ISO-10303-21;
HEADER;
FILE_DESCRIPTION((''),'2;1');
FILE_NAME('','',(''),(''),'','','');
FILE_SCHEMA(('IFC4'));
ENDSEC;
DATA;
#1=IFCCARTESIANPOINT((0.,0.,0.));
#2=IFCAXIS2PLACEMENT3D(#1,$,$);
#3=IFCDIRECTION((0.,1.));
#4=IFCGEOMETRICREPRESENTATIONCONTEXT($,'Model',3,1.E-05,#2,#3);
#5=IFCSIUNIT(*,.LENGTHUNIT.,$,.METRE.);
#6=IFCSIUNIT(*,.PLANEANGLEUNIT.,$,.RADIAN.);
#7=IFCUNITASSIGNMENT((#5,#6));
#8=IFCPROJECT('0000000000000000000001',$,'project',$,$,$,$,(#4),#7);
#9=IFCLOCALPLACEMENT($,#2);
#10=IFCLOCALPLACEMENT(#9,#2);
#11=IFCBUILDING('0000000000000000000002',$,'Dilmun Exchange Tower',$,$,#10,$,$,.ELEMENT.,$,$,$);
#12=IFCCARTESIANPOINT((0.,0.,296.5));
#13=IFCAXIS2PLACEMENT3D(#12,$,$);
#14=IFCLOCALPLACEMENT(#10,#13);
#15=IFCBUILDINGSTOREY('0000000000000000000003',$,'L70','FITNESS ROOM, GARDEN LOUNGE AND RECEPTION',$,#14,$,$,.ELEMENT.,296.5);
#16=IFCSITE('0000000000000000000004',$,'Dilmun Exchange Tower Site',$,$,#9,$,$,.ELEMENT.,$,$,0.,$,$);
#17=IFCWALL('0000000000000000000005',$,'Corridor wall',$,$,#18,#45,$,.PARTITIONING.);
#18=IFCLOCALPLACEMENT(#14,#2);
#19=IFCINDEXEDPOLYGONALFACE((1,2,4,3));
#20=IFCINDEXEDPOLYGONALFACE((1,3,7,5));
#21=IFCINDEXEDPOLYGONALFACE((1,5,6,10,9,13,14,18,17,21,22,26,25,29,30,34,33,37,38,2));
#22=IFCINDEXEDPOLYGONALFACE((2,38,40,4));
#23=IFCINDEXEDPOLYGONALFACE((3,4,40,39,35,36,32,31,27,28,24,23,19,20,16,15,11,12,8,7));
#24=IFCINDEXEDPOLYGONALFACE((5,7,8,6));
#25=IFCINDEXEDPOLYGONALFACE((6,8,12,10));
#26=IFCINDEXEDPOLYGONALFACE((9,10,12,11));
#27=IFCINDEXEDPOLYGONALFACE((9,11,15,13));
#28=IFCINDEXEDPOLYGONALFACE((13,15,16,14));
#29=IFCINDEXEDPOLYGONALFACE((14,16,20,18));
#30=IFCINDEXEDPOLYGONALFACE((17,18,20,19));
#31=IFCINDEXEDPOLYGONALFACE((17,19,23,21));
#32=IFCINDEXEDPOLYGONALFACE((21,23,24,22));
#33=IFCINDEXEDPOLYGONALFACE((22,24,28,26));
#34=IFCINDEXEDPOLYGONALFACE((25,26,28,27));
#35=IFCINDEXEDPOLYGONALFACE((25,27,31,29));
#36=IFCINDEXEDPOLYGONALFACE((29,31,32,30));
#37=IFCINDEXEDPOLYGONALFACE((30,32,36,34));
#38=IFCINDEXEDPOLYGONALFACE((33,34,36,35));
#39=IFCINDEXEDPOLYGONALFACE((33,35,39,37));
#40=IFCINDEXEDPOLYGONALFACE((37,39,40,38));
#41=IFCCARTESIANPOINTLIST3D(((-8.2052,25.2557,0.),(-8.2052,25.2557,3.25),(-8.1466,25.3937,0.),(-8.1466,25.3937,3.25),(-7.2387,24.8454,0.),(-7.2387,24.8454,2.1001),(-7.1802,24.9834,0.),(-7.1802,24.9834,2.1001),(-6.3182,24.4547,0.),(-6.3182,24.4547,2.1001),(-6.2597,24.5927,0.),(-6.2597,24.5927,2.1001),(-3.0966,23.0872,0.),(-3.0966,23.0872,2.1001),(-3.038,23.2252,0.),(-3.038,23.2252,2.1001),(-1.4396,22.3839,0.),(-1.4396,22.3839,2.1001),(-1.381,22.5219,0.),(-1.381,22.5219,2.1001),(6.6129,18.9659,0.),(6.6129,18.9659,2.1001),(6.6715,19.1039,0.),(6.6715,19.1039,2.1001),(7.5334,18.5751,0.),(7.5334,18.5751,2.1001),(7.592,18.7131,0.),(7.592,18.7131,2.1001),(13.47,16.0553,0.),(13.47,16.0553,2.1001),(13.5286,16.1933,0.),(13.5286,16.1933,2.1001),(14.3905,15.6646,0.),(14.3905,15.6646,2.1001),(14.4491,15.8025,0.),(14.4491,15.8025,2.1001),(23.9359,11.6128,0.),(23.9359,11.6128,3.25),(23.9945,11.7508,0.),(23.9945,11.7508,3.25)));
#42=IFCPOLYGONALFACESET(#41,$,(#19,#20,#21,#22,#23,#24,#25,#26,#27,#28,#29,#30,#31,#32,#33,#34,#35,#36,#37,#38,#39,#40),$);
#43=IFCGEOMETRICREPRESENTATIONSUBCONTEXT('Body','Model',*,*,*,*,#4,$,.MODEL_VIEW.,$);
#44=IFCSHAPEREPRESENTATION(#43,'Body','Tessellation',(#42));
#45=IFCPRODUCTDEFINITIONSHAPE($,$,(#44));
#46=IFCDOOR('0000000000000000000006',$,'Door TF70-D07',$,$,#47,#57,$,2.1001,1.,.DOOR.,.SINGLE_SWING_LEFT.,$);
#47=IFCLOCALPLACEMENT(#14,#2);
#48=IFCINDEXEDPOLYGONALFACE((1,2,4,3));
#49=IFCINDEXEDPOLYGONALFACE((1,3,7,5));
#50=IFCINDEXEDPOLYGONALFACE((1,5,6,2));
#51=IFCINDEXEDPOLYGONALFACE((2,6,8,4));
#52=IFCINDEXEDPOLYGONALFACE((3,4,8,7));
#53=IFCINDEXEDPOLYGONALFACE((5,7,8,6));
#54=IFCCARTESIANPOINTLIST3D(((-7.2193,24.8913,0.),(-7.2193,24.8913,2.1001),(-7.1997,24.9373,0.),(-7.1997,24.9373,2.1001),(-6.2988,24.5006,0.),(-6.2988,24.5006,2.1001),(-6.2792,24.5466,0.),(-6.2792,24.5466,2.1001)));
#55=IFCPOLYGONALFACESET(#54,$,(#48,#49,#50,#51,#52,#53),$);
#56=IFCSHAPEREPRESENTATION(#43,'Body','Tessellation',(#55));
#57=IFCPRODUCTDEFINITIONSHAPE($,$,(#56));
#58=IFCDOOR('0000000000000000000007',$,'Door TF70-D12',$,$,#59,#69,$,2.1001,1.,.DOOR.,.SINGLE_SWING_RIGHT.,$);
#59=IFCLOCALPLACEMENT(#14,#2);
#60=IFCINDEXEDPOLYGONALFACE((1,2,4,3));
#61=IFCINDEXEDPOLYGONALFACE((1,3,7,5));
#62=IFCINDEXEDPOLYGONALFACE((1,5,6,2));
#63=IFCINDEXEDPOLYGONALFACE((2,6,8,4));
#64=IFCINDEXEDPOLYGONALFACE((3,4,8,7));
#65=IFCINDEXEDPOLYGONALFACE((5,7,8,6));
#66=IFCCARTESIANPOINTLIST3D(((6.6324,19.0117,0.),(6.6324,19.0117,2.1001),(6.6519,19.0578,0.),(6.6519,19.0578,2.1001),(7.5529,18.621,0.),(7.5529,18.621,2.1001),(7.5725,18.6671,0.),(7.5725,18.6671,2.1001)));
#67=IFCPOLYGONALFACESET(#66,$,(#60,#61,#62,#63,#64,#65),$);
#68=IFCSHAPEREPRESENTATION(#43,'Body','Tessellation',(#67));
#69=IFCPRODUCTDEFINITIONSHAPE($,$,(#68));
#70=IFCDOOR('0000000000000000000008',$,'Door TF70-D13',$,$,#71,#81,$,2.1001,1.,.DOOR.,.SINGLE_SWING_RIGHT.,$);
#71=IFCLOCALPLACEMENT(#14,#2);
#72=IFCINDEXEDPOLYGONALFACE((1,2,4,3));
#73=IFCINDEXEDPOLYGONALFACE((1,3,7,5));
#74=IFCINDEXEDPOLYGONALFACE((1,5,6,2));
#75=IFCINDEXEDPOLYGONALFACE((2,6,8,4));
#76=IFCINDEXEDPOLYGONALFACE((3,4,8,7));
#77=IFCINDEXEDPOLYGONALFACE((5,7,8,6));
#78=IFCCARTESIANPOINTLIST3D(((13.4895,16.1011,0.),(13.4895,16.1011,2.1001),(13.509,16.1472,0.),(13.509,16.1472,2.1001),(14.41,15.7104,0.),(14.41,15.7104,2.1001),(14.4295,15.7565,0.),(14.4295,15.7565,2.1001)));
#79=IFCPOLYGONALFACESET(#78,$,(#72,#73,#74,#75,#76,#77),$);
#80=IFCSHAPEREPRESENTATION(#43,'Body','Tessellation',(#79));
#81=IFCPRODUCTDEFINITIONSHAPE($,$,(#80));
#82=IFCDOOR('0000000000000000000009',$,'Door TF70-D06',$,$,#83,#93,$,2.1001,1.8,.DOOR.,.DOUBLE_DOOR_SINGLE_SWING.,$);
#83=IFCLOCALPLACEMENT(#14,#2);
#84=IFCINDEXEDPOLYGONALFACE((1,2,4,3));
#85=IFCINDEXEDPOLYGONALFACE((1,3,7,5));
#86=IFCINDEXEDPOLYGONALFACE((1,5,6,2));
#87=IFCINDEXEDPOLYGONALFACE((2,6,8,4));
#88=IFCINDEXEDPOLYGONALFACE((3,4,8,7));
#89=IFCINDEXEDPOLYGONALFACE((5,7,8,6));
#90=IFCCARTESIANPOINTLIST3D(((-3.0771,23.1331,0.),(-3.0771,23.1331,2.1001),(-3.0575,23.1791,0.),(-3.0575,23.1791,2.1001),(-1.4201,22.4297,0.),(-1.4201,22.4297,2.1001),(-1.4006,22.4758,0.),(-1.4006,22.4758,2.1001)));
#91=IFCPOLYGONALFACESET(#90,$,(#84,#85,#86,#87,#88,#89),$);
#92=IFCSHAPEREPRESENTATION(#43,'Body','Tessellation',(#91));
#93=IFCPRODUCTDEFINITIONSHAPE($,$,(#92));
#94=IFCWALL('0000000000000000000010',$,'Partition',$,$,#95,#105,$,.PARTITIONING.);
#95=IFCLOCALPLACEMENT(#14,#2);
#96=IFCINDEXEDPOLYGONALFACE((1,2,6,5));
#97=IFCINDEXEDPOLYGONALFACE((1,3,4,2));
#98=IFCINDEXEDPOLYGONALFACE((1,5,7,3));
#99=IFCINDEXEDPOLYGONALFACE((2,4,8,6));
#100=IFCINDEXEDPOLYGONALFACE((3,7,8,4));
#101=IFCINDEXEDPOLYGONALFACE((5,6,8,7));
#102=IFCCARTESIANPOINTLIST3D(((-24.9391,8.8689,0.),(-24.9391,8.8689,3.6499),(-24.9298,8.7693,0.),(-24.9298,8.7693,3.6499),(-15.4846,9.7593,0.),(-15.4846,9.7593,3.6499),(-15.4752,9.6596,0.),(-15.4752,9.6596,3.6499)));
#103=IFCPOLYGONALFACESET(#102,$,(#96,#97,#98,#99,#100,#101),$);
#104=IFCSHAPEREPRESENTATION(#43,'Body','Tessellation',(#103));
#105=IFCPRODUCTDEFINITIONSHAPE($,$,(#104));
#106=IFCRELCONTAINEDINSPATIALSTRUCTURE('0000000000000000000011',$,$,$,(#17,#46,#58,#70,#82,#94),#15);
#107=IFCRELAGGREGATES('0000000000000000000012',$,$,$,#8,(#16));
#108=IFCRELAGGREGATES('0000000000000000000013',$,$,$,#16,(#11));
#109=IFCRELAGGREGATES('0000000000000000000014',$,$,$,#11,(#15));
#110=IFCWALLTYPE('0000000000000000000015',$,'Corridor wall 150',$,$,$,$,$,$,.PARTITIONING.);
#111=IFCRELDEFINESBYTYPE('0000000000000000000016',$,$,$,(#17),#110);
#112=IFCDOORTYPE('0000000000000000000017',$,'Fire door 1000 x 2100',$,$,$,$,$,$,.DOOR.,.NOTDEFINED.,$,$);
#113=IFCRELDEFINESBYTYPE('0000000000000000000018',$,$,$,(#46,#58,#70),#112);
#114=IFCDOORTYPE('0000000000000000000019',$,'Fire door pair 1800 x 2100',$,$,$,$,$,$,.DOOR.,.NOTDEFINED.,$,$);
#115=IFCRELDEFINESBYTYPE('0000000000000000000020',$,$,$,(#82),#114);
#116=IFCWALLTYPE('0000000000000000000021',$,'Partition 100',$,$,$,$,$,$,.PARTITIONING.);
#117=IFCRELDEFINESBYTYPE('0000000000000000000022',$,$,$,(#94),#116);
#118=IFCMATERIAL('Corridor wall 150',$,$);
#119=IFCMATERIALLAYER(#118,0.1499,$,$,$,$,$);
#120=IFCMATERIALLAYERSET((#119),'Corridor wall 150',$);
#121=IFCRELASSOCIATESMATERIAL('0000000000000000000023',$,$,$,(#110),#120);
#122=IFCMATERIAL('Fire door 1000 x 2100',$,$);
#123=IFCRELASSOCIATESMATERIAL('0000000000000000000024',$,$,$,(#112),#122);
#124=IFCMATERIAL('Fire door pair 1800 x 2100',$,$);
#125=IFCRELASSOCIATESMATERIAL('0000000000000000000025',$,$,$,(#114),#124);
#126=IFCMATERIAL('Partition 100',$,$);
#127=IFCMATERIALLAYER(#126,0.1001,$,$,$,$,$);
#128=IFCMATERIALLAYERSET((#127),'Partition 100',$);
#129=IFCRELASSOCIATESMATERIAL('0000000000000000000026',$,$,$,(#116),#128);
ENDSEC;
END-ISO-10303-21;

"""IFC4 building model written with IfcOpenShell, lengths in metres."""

from ifc_helpers import new_model, si_unit, direction, frame, frame_2d, origin, place, context, subcontext, project, spatial, rectangle, extrude, material, layer, layer_set, type_object, element, fill, save


model = new_model("IFC4")

# Units and contexts
model_context = context("Model", 3, precision=1e-05, world=origin(), true_north=direction((0.0, 1.0)))
body_context = subcontext(model_context, "Body", "Model", "MODEL_VIEW")
ifc_project = project(units=[si_unit("LENGTHUNIT", "METRE"), si_unit("PLANEANGLEUNIT", "RADIAN")], contexts=[model_context])

# Site, building, storey
site_placement = place(None, origin())
site = spatial("IfcSite", under=ifc_project, at=site_placement, Name="Dilmun Exchange Tower Site", CompositionType="ELEMENT", RefElevation=0.0)
building_placement = place(site_placement, origin())
building = spatial("IfcBuilding", under=site, at=building_placement, Name="Dilmun Exchange Tower", CompositionType="ELEMENT")
storey_placement = place(building_placement, frame((0.0, 0.0, 296.5)))
storey = spatial("IfcBuildingStorey", under=building, at=storey_placement, Name="L70", Description="FITNESS ROOM, GARDEN LOUNGE AND RECEPTION", CompositionType="ELEMENT", Elevation=296.5)

# Shared definitions
ifc_material_1 = material(Name="Corridor wall 150")
ifc_layer_1 = layer(ifc_material_1, 0.1499)
ifc_layer_set_1 = layer_set([ifc_layer_1], Name="Corridor wall 150")
wall_type_1 = type_object("IfcWallType", Name="Corridor wall 150", PredefinedType="PARTITIONING", material=ifc_layer_set_1)
ifc_material_2 = material(Name="Fire door 1000 x 2100")
door_type_1 = type_object("IfcDoorType", Name="Fire door 1000 x 2100", OperationType="NOTDEFINED", PredefinedType="DOOR", material=ifc_material_2)

# Wall, openings, doors
wall_1_placement = place(storey_placement, frame((-8.176, 25.3247, 0.0), z_axis=(0.0, 0.0, 1.0), x_axis=(0.920508, -0.390725, 0.0)))
wall_1 = element("IfcWall", 1, at=wall_1_placement, inside=storey, type_object=wall_type_1, Name="Corridor wall", PredefinedType="PARTITIONING", context=body_context, shape_type="SweptSolid", body=[
    extrude(rectangle(XDim=34.9167, YDim=0.1499, at=frame_2d((17.4585, 0.0))), origin(), (0.0, 0.0, 1.0), 3.25),
])
opening_1_placement = place(wall_1_placement, frame((5.55, 0.0, 0.0)))
opening_1 = element("IfcOpeningElement", 2, at=opening_1_placement, cuts=wall_1, PredefinedType="OPENING", context=body_context, shape_type="SweptSolid", body=[
    extrude(rectangle(XDim=1.8, YDim=2.1001, at=frame_2d((0.8999, 1.05))), frame((0.0, 0.085, 0.0), z_axis=(0.0, -1.0, 0.0), x_axis=(1.0, 0.0, 0.0)), (0.0, 0.0, 1.0), 0.1699),
])
opening_2_placement = place(wall_1_placement, frame((1.05, 0.0, 0.0)))
opening_2 = element("IfcOpeningElement", 3, at=opening_2_placement, cuts=wall_1, PredefinedType="OPENING", context=body_context, shape_type="SweptSolid", body=[
    extrude(rectangle(XDim=1.0, YDim=2.1001, at=frame_2d((0.5, 1.05))), frame((0.0, 0.085, 0.0), z_axis=(0.0, -1.0, 0.0), x_axis=(1.0, 0.0, 0.0)), (0.0, 0.0, 1.0), 0.1699),
])
opening_3_placement = place(wall_1_placement, frame((16.0979, 0.0, 0.0)))
opening_3 = element("IfcOpeningElement", 4, at=opening_3_placement, cuts=wall_1, PredefinedType="OPENING", context=body_context, shape_type="SweptSolid", body=[
    extrude(rectangle(XDim=1.0, YDim=2.1001, at=frame_2d((0.5, 1.05))), frame((0.0, 0.085, 0.0), z_axis=(0.0, -1.0, 0.0), x_axis=(1.0, 0.0, 0.0)), (0.0, 0.0, 1.0), 0.1699),
])
opening_4_placement = place(wall_1_placement, frame((23.5471, 0.0, 0.0)))
opening_4 = element("IfcOpeningElement", 5, at=opening_4_placement, cuts=wall_1, PredefinedType="OPENING", context=body_context, shape_type="SweptSolid", body=[
    extrude(rectangle(XDim=1.0, YDim=2.1001, at=frame_2d((0.5, 1.05))), frame((0.0, 0.085, 0.0), z_axis=(0.0, -1.0, 0.0), x_axis=(1.0, 0.0, 0.0)), (0.0, 0.0, 1.0), 0.1699),
])
door_1_placement = place(opening_2_placement, origin())
door_1 = element("IfcDoor", 6, at=door_1_placement, inside=storey, type_object=door_type_1, Name="Door TF70-D07", OperationType="SINGLE_SWING_LEFT", OverallHeight=2.1001, OverallWidth=1.0, PredefinedType="DOOR", context=body_context, shape_type="SweptSolid", body=[
    extrude(rectangle(XDim=1.0, YDim=2.1001, at=frame_2d((0.5, 1.05))), frame((0.0, 0.0249, 0.0), z_axis=(0.0, -1.0, 0.0), x_axis=(1.0, 0.0, 0.0)), (0.0, 0.0, 1.0), 0.05),
])
fill(opening_2, door_1)
door_2_placement = place(opening_3_placement, origin())
door_2 = element("IfcDoor", 7, at=door_2_placement, inside=storey, type_object=door_type_1, Name="Door TF70-D12", OperationType="SINGLE_SWING_RIGHT", OverallHeight=2.1001, OverallWidth=1.0, PredefinedType="DOOR", context=body_context, shape_type="SweptSolid", body=[
    extrude(rectangle(XDim=1.0, YDim=2.1001, at=frame_2d((0.5, 1.05))), frame((0.0, 0.0249, 0.0), z_axis=(0.0, -1.0, 0.0), x_axis=(1.0, 0.0, 0.0)), (0.0, 0.0, 1.0), 0.05),
])
fill(opening_3, door_2)
door_3_placement = place(opening_4_placement, origin())
door_3 = element("IfcDoor", 8, at=door_3_placement, inside=storey, type_object=door_type_1, Name="Door TF70-D13", OperationType="SINGLE_SWING_RIGHT", OverallHeight=2.1001, OverallWidth=1.0, PredefinedType="DOOR", context=body_context, shape_type="SweptSolid", body=[
    extrude(rectangle(XDim=1.0, YDim=2.1001, at=frame_2d((0.5, 1.05))), frame((0.0, 0.0249, 0.0), z_axis=(0.0, -1.0, 0.0), x_axis=(1.0, 0.0, 0.0)), (0.0, 0.0, 1.0), 0.05),
])
fill(opening_4, door_3)
ifc_material_3 = material(Name="Fire door pair 1800 x 2100")
door_type_2 = type_object("IfcDoorType", Name="Fire door pair 1800 x 2100", OperationType="NOTDEFINED", PredefinedType="DOOR", material=ifc_material_3)
door_4_placement = place(opening_1_placement, origin())
door_4 = element("IfcDoor", 9, at=door_4_placement, inside=storey, type_object=door_type_2, Name="Door TF70-D06", OperationType="DOUBLE_DOOR_SINGLE_SWING", OverallHeight=2.1001, OverallWidth=1.8, PredefinedType="DOOR", context=body_context, shape_type="SweptSolid", body=[
    extrude(rectangle(XDim=1.8, YDim=2.1001, at=frame_2d((0.8999, 1.05))), frame((0.0, 0.0249, 0.0), z_axis=(0.0, -1.0, 0.0), x_axis=(1.0, 0.0, 0.0)), (0.0, 0.0, 1.0), 0.05),
])
fill(opening_1, door_4)

# Wall
ifc_material_4 = material(Name="Partition 100")
ifc_layer_2 = layer(ifc_material_4, 0.1001)
ifc_layer_set_2 = layer_set([ifc_layer_2], Name="Partition 100")
wall_type_2 = type_object("IfcWallType", Name="Partition 100", PredefinedType="PARTITIONING", material=ifc_layer_set_2)
wall_2_placement = place(storey_placement, frame((-24.9343, 8.8191, 0.0), z_axis=(0.0, 0.0, 1.0), x_axis=(0.995595, 0.09376, 0.0)))
element("IfcWall", 10, at=wall_2_placement, inside=storey, type_object=wall_type_2, Name="Partition", PredefinedType="PARTITIONING", context=body_context, shape_type="SweptSolid", body=[
    extrude(rectangle(XDim=9.4963, YDim=0.1001, at=frame_2d((4.748, 0.0))), origin(), (0.0, 0.0, 1.0), 3.6499),
])

save(model, "model.ifc")
